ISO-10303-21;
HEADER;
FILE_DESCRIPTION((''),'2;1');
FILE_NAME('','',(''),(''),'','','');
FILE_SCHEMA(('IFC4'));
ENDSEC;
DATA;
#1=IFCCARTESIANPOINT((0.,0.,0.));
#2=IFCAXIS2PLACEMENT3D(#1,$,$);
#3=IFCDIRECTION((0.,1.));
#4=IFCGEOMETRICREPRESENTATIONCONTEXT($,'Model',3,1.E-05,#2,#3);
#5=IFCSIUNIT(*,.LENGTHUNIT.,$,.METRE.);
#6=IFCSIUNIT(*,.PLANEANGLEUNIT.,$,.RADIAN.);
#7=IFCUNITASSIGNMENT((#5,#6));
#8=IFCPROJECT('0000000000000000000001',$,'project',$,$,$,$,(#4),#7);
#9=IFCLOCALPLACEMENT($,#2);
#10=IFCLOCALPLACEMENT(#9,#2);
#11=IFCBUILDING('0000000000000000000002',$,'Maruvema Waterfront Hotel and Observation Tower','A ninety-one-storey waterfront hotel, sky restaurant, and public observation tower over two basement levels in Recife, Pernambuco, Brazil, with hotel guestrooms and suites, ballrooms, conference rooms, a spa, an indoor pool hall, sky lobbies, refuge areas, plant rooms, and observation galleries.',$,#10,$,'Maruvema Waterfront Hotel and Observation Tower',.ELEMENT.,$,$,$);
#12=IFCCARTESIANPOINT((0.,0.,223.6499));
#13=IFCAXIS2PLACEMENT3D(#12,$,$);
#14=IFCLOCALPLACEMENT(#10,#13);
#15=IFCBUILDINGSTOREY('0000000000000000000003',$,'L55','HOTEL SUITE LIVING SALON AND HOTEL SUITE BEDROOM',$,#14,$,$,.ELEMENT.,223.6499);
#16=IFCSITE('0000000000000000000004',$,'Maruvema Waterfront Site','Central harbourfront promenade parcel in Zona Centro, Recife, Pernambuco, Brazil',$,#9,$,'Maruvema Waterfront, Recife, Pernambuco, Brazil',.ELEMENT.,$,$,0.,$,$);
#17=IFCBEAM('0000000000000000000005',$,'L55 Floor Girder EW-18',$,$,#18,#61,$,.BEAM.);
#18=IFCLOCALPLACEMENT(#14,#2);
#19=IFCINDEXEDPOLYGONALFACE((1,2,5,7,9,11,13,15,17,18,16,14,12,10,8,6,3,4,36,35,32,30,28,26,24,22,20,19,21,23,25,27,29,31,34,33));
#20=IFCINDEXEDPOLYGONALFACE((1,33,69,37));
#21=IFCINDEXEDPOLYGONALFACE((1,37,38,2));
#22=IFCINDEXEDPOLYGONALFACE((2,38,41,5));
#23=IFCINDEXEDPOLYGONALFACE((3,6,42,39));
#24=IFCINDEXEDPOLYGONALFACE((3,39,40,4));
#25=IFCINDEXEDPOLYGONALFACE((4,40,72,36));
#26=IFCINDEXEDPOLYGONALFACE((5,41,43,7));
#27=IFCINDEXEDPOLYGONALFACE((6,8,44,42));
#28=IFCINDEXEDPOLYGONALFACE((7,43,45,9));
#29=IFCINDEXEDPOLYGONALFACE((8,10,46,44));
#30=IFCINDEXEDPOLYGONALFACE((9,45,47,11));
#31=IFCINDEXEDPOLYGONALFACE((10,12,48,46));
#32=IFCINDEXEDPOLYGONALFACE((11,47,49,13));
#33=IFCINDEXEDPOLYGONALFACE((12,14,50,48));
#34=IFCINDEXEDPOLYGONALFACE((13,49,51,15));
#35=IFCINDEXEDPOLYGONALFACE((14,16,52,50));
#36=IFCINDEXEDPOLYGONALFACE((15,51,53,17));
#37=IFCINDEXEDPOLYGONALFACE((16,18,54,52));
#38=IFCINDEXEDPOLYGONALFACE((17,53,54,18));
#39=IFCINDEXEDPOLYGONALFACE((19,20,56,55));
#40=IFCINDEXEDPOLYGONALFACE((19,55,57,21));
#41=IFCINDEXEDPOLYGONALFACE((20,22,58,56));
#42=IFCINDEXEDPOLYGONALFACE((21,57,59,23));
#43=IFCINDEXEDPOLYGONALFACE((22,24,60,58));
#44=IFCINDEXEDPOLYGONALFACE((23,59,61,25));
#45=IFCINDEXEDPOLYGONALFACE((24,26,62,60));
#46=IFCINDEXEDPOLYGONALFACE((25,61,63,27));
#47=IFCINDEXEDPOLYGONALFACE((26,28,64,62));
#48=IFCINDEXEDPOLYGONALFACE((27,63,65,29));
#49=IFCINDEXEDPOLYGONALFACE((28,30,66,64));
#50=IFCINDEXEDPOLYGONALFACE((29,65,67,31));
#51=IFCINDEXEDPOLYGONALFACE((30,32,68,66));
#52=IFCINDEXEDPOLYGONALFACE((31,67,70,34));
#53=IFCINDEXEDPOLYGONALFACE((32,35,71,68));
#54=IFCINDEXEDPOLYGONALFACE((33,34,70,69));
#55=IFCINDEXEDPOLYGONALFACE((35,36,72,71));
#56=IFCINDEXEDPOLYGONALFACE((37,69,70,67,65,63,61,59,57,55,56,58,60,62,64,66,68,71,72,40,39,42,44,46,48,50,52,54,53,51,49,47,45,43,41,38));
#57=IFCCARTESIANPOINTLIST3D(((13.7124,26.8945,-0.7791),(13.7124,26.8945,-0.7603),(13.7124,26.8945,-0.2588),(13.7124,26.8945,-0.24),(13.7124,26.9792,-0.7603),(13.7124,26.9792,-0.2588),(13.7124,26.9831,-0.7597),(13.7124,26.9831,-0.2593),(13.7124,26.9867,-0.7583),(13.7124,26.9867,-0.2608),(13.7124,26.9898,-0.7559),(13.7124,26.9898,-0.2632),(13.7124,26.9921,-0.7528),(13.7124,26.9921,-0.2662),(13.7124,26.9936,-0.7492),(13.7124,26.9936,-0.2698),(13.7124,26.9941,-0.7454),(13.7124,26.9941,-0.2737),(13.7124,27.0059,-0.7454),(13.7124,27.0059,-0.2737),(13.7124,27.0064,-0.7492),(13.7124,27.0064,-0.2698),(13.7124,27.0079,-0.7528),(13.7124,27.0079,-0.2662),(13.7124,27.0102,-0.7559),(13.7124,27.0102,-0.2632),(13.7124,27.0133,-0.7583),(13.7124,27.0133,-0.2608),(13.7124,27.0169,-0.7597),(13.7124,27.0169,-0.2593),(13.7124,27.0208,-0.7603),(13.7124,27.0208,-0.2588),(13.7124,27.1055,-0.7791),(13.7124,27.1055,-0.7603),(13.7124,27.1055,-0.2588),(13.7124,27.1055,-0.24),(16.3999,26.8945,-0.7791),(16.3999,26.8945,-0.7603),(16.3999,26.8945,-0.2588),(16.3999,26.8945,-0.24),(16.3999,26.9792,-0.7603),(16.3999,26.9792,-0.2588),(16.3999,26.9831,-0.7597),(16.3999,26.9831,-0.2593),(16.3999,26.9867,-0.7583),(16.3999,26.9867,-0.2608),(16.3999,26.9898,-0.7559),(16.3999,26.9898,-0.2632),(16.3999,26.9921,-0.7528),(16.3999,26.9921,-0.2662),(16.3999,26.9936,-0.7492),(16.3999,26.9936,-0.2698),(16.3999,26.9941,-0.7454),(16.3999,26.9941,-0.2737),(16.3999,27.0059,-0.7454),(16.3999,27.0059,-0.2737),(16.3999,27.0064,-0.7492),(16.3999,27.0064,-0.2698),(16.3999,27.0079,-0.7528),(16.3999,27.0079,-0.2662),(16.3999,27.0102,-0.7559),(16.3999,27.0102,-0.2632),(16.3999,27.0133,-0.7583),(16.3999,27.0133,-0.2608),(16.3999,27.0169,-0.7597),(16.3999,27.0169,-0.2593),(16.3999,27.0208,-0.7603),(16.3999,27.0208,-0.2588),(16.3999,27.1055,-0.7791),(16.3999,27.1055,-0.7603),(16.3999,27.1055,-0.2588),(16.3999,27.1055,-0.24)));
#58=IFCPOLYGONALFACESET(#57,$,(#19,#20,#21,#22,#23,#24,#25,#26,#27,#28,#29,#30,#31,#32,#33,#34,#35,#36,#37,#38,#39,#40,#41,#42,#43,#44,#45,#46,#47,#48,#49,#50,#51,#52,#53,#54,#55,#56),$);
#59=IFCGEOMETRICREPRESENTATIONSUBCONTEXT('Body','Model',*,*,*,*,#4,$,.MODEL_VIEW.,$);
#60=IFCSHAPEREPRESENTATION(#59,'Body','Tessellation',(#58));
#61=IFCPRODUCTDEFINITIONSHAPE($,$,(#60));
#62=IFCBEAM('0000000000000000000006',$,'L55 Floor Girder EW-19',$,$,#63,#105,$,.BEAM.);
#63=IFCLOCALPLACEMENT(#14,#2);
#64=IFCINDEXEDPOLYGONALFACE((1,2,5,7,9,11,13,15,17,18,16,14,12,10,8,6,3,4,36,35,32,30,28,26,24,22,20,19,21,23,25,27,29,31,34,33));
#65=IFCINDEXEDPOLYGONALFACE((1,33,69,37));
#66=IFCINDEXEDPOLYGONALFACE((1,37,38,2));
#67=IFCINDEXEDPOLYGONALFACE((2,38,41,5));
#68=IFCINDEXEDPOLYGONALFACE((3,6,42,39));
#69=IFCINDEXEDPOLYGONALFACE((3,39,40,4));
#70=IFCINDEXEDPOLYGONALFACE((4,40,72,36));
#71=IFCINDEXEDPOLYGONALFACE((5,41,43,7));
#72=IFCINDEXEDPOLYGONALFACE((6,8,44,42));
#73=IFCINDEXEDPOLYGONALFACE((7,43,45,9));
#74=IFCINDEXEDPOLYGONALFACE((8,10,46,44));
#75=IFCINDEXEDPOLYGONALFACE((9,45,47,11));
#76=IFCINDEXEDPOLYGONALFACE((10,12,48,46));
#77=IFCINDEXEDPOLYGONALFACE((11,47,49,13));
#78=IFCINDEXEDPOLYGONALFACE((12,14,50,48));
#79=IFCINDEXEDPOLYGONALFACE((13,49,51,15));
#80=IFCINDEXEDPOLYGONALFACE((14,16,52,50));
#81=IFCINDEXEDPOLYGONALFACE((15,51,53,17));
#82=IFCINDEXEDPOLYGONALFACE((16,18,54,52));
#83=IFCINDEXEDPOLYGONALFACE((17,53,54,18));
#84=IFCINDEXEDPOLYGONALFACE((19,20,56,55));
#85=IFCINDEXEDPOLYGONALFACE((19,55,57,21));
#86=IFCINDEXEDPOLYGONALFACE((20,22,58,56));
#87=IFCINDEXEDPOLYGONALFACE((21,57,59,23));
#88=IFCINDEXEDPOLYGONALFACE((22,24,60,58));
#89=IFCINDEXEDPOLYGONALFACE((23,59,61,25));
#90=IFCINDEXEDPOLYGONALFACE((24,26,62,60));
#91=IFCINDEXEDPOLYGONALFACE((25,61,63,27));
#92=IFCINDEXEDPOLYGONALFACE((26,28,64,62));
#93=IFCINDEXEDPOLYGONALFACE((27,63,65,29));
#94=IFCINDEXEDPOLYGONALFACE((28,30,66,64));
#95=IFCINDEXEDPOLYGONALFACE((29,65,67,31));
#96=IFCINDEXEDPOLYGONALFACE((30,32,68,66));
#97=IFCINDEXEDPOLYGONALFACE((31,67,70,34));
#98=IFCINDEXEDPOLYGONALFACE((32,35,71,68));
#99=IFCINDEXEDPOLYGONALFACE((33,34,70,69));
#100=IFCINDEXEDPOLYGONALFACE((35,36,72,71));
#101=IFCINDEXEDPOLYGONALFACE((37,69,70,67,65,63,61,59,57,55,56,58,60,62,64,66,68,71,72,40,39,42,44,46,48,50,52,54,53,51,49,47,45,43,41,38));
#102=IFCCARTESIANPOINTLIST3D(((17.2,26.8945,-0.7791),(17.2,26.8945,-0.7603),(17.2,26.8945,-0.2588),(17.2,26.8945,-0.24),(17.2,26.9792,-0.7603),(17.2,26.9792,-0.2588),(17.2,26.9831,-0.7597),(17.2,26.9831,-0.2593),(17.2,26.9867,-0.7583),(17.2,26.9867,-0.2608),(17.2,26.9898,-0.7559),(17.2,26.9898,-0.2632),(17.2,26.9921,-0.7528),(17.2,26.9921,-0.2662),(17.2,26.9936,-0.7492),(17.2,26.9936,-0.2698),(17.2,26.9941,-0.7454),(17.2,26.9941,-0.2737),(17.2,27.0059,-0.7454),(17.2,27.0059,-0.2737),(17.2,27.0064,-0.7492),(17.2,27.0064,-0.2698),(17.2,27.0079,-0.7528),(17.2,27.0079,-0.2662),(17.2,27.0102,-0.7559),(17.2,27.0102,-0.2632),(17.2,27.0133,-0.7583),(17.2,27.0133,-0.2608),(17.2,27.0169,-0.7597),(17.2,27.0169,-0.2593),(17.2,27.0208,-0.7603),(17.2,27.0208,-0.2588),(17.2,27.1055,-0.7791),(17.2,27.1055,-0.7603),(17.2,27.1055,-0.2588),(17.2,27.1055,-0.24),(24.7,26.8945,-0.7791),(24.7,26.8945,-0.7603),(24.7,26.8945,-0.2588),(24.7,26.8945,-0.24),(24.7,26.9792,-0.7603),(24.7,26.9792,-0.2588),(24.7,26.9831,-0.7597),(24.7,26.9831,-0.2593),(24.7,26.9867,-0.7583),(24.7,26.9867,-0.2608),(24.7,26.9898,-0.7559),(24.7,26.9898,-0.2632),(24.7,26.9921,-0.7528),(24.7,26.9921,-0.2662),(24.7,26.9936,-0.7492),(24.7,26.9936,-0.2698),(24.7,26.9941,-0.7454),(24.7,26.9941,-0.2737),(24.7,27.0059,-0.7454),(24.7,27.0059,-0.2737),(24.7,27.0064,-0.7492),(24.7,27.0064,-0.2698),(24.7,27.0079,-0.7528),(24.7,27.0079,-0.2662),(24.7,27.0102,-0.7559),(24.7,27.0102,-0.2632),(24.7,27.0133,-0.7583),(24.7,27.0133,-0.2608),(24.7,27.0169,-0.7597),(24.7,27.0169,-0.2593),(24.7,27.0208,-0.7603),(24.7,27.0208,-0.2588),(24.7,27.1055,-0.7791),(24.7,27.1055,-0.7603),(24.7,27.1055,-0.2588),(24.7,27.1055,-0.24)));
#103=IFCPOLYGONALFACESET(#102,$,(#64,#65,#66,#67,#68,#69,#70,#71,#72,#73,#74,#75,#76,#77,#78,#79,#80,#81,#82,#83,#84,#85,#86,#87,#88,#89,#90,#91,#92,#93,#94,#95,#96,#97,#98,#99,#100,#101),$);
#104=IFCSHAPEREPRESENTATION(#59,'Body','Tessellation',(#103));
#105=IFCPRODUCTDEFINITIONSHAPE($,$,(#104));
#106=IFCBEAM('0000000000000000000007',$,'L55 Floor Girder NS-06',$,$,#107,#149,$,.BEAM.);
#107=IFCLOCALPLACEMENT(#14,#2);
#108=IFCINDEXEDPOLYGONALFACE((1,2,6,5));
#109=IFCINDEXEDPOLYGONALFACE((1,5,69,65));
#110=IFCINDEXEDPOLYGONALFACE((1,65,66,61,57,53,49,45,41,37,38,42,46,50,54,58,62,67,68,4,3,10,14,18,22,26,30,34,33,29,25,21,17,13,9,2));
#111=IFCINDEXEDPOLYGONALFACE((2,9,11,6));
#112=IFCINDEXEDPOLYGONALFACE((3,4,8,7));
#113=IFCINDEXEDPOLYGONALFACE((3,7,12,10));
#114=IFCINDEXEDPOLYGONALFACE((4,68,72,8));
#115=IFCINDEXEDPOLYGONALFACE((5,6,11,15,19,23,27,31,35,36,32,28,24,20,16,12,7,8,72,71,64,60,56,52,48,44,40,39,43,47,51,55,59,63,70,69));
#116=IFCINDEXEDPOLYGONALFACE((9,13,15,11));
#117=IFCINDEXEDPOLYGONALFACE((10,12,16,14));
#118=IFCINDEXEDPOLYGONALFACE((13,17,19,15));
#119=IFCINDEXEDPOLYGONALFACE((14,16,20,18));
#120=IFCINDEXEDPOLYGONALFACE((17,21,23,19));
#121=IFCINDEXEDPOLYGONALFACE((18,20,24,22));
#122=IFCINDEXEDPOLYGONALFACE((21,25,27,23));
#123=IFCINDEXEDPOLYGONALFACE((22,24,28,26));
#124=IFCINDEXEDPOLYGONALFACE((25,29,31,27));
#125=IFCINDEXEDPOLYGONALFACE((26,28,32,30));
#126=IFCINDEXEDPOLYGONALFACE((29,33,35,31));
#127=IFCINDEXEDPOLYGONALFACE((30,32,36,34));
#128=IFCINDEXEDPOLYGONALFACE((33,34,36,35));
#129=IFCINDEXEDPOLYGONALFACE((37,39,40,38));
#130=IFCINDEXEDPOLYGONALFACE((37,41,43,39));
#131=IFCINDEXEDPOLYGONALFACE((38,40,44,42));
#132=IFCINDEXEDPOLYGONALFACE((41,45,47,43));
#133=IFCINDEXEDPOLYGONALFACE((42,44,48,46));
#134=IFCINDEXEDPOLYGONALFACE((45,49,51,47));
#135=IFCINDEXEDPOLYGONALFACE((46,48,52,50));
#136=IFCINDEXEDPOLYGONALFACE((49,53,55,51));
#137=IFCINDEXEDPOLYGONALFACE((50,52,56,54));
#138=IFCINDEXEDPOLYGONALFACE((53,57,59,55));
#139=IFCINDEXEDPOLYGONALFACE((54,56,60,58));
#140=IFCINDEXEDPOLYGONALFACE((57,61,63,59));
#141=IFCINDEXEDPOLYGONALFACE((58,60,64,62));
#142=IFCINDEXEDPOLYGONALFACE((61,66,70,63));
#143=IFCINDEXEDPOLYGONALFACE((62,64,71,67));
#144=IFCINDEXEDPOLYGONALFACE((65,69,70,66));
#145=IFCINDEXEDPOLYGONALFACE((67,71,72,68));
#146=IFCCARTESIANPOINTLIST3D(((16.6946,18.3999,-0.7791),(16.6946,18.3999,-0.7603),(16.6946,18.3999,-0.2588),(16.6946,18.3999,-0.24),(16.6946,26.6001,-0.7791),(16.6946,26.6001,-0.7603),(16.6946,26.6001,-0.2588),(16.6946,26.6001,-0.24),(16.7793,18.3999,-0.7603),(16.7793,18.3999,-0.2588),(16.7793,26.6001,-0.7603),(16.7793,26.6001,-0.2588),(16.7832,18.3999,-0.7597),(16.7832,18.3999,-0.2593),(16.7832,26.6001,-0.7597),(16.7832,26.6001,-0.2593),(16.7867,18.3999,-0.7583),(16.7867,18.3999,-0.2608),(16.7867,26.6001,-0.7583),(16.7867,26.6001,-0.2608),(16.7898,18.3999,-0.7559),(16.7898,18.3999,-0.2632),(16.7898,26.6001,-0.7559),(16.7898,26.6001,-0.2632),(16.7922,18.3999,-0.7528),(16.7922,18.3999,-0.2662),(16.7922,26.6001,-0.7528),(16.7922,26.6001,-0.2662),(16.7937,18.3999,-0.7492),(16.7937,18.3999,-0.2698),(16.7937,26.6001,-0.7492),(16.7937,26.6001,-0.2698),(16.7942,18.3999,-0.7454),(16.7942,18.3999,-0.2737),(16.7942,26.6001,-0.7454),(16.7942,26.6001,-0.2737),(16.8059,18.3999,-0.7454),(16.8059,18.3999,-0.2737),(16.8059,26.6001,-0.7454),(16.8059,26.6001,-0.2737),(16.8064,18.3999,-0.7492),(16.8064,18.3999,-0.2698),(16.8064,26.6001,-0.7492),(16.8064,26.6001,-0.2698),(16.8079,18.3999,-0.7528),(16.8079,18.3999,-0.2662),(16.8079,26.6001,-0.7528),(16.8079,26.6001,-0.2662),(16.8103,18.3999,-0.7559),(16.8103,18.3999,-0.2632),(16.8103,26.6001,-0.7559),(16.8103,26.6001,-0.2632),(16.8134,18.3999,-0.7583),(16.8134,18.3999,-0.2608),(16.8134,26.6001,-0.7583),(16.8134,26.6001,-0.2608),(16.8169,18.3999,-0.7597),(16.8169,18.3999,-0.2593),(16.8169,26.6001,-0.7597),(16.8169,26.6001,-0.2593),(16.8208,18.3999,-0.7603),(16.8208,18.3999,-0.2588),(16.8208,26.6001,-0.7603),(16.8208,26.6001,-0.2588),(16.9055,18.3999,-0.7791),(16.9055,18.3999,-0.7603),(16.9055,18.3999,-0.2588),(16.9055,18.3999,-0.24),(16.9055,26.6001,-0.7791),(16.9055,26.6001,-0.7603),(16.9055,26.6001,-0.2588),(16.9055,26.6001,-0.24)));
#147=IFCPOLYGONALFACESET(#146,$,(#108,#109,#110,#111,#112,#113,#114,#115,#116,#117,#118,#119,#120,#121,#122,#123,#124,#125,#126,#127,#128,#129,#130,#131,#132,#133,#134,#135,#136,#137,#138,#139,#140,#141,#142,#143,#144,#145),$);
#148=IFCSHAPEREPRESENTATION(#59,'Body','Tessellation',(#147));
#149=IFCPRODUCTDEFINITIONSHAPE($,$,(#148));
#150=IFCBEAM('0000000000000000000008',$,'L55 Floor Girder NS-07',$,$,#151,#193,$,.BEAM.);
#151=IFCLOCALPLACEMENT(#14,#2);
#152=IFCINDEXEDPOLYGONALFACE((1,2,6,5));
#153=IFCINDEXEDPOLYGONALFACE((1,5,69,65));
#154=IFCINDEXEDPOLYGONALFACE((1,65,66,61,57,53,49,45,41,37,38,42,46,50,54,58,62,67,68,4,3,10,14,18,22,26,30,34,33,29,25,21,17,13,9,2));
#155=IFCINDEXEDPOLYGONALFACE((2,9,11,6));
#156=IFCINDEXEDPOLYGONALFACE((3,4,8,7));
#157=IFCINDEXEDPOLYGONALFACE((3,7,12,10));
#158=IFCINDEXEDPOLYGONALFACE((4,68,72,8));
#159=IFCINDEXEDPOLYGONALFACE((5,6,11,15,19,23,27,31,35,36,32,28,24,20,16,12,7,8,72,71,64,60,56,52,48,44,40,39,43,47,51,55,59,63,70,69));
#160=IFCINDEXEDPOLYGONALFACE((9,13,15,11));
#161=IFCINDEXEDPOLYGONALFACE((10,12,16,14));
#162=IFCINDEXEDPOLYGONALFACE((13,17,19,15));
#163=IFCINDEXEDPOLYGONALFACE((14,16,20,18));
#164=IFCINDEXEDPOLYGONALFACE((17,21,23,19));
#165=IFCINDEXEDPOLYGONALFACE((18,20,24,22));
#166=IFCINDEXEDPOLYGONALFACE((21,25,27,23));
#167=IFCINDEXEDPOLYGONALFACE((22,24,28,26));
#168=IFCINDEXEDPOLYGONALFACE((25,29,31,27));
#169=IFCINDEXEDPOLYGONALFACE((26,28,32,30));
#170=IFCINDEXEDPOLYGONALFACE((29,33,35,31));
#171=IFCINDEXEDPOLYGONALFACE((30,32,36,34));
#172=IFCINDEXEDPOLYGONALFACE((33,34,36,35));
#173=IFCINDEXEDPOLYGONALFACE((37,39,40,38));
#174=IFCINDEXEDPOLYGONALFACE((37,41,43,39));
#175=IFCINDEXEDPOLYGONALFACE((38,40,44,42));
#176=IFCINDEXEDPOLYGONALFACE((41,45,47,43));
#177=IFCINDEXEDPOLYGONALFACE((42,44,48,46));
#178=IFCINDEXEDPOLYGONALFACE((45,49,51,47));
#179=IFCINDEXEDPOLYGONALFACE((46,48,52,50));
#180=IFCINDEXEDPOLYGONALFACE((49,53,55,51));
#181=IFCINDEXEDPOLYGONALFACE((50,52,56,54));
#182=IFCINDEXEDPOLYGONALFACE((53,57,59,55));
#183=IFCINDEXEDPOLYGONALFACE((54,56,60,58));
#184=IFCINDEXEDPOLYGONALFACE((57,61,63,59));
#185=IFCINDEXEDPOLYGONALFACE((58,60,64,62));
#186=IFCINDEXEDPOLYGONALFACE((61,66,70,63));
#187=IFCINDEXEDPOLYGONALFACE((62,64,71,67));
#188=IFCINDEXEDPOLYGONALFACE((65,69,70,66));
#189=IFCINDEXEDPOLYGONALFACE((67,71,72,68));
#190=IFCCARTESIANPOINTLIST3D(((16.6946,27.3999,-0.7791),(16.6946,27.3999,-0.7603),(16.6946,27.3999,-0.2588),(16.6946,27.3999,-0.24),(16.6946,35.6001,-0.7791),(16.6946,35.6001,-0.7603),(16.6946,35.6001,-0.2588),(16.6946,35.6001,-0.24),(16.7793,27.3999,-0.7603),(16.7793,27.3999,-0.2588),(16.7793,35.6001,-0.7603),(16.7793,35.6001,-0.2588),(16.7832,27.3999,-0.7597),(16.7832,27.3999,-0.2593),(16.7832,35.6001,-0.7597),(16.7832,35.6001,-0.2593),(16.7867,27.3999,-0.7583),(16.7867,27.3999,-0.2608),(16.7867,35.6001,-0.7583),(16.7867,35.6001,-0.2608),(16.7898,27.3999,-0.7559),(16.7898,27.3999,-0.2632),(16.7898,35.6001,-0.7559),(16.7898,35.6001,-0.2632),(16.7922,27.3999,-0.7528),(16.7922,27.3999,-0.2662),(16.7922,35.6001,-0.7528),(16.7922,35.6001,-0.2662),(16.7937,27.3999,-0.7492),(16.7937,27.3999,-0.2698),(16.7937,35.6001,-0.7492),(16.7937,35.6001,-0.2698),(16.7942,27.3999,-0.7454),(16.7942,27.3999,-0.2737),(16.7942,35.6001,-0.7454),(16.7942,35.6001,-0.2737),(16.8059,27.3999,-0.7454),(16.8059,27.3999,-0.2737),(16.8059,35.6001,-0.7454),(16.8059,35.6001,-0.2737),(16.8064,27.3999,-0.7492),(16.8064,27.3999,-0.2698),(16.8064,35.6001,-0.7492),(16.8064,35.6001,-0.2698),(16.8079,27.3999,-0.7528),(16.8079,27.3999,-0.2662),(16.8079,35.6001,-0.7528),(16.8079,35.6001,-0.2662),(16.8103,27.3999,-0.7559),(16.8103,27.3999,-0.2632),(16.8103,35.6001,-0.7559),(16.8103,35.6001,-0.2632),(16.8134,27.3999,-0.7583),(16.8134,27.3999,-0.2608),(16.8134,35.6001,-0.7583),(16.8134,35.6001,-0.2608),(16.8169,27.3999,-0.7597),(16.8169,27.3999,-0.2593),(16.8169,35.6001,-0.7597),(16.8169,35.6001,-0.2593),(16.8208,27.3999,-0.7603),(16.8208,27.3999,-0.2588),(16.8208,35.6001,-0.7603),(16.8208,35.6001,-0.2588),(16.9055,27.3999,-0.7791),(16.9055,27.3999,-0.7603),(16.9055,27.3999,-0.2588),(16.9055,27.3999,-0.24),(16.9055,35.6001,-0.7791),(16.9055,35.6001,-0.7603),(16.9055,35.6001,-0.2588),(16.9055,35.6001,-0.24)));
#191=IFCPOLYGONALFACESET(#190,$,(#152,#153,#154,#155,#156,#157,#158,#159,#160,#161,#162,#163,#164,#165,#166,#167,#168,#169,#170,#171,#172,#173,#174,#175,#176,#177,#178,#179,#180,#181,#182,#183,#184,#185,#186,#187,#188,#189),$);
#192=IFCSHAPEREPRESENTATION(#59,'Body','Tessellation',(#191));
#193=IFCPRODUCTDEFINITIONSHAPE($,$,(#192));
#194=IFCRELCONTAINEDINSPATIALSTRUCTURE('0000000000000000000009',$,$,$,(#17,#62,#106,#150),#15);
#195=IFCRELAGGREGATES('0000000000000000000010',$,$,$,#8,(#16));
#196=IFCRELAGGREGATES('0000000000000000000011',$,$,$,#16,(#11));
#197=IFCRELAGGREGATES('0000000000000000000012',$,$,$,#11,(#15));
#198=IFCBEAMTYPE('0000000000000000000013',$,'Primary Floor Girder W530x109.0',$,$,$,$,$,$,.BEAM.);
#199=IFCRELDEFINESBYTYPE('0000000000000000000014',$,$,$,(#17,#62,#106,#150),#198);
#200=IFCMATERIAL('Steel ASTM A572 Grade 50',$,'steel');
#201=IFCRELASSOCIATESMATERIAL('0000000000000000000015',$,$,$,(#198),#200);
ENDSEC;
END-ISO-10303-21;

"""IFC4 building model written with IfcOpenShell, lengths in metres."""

from ifc_helpers import new_model, si_unit, direction, frame, origin, origin_2d, place, context, subcontext, project, spatial, i_section, extrude, material, material_profile, profile_set, type_object, element, save


model = new_model("IFC4")

# Units and contexts
model_context = context("Model", 3, precision=1e-05, world=origin(), true_north=direction((0.0, 1.0)))
body_context = subcontext(model_context, "Body", "Model", "MODEL_VIEW")
ifc_project = project(units=[si_unit("LENGTHUNIT", "METRE"), si_unit("PLANEANGLEUNIT", "RADIAN")], contexts=[model_context])

# Site, building, storey
site_placement = place(None, origin())
site = spatial("IfcSite", under=ifc_project, at=site_placement, Name="Maruvema Waterfront Site", Description="Central harbourfront promenade parcel in Zona Centro, Recife, Pernambuco, Brazil", LongName="Maruvema Waterfront, Recife, Pernambuco, Brazil", CompositionType="ELEMENT", RefElevation=0.0)
building_placement = place(site_placement, origin())
building = spatial("IfcBuilding", under=site, at=building_placement, Name="Maruvema Waterfront Hotel and Observation Tower", Description="A ninety-one-storey waterfront hotel, sky restaurant, and public observation tower over two basement levels in Recife, Pernambuco, Brazil, with hotel guestrooms and suites, ballrooms, conference rooms, a spa, an indoor pool hall, sky lobbies, refuge areas, plant rooms, and observation galleries.", LongName="Maruvema Waterfront Hotel and Observation Tower", CompositionType="ELEMENT")
storey_placement = place(building_placement, frame((0.0, 0.0, 223.6499)))
storey = spatial("IfcBuildingStorey", under=building, at=storey_placement, Name="L55", Description="HOTEL SUITE LIVING SALON AND HOTEL SUITE BEDROOM", CompositionType="ELEMENT", Elevation=223.6499)

# Beams
ifc_material_1 = material(Name="Steel ASTM A572 Grade 50", Category="steel")
ifc_material_profile_1 = material_profile(ifc_material_1, i_section(OverallWidth=0.2109, OverallDepth=0.5391, WebThickness=0.0117, FlangeThickness=0.0188, FilletRadius=0.0149, at=origin_2d()), Name="W530x109.0")
ifc_profile_set_1 = profile_set([ifc_material_profile_1], Name="Steel ASTM A572 Grade 50")
beam_type_1 = type_object("IfcBeamType", Name="Primary Floor Girder W530x109.0", PredefinedType="BEAM", material=ifc_profile_set_1)
beam_1_placement = place(storey_placement, frame((13.7124, 27.0, -0.5095), z_axis=(1.0, 0.0, 0.0), x_axis=(0.0, 1.0, 0.0)))
element("IfcBeam", 1, at=beam_1_placement, inside=storey, type_object=beam_type_1, Name="L55 Floor Girder EW-18", PredefinedType="BEAM", context=body_context, shape_type="SweptSolid", body=[
    extrude(i_section(OverallWidth=0.2109, OverallDepth=0.5391, WebThickness=0.0117, FlangeThickness=0.0188, FilletRadius=0.0149, at=origin_2d()), origin(), (0.0, 0.0, 1.0), 2.6875),
])
beam_2_placement = place(storey_placement, frame((17.2, 27.0, -0.5095), z_axis=(1.0, 0.0, 0.0), x_axis=(0.0, 1.0, 0.0)))
element("IfcBeam", 2, at=beam_2_placement, inside=storey, type_object=beam_type_1, Name="L55 Floor Girder EW-19", PredefinedType="BEAM", context=body_context, shape_type="SweptSolid", body=[
    extrude(i_section(OverallWidth=0.2109, OverallDepth=0.5391, WebThickness=0.0117, FlangeThickness=0.0188, FilletRadius=0.0149, at=origin_2d()), origin(), (0.0, 0.0, 1.0), 7.5),
])
for number, where, z_axis, x_axis, name in (
    (3, (16.8, 18.3999, -0.5095), (0.0, 1.0, 0.0), (-1.0, 0.0, 0.0), "L55 Floor Girder NS-06"),
    (4, (16.8, 27.3999, -0.5095), (0.0, 1.0, 0.0), (-1.0, 0.0, 0.0), "L55 Floor Girder NS-07"),
):
    element("IfcBeam", number, at=place(storey_placement, frame(where, z_axis=z_axis, x_axis=x_axis)), inside=storey, type_object=beam_type_1, Name=name, PredefinedType="BEAM", context=body_context, shape_type="SweptSolid", body=[
        extrude(i_section(OverallWidth=0.2109, OverallDepth=0.5391, WebThickness=0.0117, FlangeThickness=0.0188, FilletRadius=0.0149, at=origin_2d()), origin(), (0.0, 0.0, 1.0), 8.2002),
    ])

save(model, "model.ifc")
